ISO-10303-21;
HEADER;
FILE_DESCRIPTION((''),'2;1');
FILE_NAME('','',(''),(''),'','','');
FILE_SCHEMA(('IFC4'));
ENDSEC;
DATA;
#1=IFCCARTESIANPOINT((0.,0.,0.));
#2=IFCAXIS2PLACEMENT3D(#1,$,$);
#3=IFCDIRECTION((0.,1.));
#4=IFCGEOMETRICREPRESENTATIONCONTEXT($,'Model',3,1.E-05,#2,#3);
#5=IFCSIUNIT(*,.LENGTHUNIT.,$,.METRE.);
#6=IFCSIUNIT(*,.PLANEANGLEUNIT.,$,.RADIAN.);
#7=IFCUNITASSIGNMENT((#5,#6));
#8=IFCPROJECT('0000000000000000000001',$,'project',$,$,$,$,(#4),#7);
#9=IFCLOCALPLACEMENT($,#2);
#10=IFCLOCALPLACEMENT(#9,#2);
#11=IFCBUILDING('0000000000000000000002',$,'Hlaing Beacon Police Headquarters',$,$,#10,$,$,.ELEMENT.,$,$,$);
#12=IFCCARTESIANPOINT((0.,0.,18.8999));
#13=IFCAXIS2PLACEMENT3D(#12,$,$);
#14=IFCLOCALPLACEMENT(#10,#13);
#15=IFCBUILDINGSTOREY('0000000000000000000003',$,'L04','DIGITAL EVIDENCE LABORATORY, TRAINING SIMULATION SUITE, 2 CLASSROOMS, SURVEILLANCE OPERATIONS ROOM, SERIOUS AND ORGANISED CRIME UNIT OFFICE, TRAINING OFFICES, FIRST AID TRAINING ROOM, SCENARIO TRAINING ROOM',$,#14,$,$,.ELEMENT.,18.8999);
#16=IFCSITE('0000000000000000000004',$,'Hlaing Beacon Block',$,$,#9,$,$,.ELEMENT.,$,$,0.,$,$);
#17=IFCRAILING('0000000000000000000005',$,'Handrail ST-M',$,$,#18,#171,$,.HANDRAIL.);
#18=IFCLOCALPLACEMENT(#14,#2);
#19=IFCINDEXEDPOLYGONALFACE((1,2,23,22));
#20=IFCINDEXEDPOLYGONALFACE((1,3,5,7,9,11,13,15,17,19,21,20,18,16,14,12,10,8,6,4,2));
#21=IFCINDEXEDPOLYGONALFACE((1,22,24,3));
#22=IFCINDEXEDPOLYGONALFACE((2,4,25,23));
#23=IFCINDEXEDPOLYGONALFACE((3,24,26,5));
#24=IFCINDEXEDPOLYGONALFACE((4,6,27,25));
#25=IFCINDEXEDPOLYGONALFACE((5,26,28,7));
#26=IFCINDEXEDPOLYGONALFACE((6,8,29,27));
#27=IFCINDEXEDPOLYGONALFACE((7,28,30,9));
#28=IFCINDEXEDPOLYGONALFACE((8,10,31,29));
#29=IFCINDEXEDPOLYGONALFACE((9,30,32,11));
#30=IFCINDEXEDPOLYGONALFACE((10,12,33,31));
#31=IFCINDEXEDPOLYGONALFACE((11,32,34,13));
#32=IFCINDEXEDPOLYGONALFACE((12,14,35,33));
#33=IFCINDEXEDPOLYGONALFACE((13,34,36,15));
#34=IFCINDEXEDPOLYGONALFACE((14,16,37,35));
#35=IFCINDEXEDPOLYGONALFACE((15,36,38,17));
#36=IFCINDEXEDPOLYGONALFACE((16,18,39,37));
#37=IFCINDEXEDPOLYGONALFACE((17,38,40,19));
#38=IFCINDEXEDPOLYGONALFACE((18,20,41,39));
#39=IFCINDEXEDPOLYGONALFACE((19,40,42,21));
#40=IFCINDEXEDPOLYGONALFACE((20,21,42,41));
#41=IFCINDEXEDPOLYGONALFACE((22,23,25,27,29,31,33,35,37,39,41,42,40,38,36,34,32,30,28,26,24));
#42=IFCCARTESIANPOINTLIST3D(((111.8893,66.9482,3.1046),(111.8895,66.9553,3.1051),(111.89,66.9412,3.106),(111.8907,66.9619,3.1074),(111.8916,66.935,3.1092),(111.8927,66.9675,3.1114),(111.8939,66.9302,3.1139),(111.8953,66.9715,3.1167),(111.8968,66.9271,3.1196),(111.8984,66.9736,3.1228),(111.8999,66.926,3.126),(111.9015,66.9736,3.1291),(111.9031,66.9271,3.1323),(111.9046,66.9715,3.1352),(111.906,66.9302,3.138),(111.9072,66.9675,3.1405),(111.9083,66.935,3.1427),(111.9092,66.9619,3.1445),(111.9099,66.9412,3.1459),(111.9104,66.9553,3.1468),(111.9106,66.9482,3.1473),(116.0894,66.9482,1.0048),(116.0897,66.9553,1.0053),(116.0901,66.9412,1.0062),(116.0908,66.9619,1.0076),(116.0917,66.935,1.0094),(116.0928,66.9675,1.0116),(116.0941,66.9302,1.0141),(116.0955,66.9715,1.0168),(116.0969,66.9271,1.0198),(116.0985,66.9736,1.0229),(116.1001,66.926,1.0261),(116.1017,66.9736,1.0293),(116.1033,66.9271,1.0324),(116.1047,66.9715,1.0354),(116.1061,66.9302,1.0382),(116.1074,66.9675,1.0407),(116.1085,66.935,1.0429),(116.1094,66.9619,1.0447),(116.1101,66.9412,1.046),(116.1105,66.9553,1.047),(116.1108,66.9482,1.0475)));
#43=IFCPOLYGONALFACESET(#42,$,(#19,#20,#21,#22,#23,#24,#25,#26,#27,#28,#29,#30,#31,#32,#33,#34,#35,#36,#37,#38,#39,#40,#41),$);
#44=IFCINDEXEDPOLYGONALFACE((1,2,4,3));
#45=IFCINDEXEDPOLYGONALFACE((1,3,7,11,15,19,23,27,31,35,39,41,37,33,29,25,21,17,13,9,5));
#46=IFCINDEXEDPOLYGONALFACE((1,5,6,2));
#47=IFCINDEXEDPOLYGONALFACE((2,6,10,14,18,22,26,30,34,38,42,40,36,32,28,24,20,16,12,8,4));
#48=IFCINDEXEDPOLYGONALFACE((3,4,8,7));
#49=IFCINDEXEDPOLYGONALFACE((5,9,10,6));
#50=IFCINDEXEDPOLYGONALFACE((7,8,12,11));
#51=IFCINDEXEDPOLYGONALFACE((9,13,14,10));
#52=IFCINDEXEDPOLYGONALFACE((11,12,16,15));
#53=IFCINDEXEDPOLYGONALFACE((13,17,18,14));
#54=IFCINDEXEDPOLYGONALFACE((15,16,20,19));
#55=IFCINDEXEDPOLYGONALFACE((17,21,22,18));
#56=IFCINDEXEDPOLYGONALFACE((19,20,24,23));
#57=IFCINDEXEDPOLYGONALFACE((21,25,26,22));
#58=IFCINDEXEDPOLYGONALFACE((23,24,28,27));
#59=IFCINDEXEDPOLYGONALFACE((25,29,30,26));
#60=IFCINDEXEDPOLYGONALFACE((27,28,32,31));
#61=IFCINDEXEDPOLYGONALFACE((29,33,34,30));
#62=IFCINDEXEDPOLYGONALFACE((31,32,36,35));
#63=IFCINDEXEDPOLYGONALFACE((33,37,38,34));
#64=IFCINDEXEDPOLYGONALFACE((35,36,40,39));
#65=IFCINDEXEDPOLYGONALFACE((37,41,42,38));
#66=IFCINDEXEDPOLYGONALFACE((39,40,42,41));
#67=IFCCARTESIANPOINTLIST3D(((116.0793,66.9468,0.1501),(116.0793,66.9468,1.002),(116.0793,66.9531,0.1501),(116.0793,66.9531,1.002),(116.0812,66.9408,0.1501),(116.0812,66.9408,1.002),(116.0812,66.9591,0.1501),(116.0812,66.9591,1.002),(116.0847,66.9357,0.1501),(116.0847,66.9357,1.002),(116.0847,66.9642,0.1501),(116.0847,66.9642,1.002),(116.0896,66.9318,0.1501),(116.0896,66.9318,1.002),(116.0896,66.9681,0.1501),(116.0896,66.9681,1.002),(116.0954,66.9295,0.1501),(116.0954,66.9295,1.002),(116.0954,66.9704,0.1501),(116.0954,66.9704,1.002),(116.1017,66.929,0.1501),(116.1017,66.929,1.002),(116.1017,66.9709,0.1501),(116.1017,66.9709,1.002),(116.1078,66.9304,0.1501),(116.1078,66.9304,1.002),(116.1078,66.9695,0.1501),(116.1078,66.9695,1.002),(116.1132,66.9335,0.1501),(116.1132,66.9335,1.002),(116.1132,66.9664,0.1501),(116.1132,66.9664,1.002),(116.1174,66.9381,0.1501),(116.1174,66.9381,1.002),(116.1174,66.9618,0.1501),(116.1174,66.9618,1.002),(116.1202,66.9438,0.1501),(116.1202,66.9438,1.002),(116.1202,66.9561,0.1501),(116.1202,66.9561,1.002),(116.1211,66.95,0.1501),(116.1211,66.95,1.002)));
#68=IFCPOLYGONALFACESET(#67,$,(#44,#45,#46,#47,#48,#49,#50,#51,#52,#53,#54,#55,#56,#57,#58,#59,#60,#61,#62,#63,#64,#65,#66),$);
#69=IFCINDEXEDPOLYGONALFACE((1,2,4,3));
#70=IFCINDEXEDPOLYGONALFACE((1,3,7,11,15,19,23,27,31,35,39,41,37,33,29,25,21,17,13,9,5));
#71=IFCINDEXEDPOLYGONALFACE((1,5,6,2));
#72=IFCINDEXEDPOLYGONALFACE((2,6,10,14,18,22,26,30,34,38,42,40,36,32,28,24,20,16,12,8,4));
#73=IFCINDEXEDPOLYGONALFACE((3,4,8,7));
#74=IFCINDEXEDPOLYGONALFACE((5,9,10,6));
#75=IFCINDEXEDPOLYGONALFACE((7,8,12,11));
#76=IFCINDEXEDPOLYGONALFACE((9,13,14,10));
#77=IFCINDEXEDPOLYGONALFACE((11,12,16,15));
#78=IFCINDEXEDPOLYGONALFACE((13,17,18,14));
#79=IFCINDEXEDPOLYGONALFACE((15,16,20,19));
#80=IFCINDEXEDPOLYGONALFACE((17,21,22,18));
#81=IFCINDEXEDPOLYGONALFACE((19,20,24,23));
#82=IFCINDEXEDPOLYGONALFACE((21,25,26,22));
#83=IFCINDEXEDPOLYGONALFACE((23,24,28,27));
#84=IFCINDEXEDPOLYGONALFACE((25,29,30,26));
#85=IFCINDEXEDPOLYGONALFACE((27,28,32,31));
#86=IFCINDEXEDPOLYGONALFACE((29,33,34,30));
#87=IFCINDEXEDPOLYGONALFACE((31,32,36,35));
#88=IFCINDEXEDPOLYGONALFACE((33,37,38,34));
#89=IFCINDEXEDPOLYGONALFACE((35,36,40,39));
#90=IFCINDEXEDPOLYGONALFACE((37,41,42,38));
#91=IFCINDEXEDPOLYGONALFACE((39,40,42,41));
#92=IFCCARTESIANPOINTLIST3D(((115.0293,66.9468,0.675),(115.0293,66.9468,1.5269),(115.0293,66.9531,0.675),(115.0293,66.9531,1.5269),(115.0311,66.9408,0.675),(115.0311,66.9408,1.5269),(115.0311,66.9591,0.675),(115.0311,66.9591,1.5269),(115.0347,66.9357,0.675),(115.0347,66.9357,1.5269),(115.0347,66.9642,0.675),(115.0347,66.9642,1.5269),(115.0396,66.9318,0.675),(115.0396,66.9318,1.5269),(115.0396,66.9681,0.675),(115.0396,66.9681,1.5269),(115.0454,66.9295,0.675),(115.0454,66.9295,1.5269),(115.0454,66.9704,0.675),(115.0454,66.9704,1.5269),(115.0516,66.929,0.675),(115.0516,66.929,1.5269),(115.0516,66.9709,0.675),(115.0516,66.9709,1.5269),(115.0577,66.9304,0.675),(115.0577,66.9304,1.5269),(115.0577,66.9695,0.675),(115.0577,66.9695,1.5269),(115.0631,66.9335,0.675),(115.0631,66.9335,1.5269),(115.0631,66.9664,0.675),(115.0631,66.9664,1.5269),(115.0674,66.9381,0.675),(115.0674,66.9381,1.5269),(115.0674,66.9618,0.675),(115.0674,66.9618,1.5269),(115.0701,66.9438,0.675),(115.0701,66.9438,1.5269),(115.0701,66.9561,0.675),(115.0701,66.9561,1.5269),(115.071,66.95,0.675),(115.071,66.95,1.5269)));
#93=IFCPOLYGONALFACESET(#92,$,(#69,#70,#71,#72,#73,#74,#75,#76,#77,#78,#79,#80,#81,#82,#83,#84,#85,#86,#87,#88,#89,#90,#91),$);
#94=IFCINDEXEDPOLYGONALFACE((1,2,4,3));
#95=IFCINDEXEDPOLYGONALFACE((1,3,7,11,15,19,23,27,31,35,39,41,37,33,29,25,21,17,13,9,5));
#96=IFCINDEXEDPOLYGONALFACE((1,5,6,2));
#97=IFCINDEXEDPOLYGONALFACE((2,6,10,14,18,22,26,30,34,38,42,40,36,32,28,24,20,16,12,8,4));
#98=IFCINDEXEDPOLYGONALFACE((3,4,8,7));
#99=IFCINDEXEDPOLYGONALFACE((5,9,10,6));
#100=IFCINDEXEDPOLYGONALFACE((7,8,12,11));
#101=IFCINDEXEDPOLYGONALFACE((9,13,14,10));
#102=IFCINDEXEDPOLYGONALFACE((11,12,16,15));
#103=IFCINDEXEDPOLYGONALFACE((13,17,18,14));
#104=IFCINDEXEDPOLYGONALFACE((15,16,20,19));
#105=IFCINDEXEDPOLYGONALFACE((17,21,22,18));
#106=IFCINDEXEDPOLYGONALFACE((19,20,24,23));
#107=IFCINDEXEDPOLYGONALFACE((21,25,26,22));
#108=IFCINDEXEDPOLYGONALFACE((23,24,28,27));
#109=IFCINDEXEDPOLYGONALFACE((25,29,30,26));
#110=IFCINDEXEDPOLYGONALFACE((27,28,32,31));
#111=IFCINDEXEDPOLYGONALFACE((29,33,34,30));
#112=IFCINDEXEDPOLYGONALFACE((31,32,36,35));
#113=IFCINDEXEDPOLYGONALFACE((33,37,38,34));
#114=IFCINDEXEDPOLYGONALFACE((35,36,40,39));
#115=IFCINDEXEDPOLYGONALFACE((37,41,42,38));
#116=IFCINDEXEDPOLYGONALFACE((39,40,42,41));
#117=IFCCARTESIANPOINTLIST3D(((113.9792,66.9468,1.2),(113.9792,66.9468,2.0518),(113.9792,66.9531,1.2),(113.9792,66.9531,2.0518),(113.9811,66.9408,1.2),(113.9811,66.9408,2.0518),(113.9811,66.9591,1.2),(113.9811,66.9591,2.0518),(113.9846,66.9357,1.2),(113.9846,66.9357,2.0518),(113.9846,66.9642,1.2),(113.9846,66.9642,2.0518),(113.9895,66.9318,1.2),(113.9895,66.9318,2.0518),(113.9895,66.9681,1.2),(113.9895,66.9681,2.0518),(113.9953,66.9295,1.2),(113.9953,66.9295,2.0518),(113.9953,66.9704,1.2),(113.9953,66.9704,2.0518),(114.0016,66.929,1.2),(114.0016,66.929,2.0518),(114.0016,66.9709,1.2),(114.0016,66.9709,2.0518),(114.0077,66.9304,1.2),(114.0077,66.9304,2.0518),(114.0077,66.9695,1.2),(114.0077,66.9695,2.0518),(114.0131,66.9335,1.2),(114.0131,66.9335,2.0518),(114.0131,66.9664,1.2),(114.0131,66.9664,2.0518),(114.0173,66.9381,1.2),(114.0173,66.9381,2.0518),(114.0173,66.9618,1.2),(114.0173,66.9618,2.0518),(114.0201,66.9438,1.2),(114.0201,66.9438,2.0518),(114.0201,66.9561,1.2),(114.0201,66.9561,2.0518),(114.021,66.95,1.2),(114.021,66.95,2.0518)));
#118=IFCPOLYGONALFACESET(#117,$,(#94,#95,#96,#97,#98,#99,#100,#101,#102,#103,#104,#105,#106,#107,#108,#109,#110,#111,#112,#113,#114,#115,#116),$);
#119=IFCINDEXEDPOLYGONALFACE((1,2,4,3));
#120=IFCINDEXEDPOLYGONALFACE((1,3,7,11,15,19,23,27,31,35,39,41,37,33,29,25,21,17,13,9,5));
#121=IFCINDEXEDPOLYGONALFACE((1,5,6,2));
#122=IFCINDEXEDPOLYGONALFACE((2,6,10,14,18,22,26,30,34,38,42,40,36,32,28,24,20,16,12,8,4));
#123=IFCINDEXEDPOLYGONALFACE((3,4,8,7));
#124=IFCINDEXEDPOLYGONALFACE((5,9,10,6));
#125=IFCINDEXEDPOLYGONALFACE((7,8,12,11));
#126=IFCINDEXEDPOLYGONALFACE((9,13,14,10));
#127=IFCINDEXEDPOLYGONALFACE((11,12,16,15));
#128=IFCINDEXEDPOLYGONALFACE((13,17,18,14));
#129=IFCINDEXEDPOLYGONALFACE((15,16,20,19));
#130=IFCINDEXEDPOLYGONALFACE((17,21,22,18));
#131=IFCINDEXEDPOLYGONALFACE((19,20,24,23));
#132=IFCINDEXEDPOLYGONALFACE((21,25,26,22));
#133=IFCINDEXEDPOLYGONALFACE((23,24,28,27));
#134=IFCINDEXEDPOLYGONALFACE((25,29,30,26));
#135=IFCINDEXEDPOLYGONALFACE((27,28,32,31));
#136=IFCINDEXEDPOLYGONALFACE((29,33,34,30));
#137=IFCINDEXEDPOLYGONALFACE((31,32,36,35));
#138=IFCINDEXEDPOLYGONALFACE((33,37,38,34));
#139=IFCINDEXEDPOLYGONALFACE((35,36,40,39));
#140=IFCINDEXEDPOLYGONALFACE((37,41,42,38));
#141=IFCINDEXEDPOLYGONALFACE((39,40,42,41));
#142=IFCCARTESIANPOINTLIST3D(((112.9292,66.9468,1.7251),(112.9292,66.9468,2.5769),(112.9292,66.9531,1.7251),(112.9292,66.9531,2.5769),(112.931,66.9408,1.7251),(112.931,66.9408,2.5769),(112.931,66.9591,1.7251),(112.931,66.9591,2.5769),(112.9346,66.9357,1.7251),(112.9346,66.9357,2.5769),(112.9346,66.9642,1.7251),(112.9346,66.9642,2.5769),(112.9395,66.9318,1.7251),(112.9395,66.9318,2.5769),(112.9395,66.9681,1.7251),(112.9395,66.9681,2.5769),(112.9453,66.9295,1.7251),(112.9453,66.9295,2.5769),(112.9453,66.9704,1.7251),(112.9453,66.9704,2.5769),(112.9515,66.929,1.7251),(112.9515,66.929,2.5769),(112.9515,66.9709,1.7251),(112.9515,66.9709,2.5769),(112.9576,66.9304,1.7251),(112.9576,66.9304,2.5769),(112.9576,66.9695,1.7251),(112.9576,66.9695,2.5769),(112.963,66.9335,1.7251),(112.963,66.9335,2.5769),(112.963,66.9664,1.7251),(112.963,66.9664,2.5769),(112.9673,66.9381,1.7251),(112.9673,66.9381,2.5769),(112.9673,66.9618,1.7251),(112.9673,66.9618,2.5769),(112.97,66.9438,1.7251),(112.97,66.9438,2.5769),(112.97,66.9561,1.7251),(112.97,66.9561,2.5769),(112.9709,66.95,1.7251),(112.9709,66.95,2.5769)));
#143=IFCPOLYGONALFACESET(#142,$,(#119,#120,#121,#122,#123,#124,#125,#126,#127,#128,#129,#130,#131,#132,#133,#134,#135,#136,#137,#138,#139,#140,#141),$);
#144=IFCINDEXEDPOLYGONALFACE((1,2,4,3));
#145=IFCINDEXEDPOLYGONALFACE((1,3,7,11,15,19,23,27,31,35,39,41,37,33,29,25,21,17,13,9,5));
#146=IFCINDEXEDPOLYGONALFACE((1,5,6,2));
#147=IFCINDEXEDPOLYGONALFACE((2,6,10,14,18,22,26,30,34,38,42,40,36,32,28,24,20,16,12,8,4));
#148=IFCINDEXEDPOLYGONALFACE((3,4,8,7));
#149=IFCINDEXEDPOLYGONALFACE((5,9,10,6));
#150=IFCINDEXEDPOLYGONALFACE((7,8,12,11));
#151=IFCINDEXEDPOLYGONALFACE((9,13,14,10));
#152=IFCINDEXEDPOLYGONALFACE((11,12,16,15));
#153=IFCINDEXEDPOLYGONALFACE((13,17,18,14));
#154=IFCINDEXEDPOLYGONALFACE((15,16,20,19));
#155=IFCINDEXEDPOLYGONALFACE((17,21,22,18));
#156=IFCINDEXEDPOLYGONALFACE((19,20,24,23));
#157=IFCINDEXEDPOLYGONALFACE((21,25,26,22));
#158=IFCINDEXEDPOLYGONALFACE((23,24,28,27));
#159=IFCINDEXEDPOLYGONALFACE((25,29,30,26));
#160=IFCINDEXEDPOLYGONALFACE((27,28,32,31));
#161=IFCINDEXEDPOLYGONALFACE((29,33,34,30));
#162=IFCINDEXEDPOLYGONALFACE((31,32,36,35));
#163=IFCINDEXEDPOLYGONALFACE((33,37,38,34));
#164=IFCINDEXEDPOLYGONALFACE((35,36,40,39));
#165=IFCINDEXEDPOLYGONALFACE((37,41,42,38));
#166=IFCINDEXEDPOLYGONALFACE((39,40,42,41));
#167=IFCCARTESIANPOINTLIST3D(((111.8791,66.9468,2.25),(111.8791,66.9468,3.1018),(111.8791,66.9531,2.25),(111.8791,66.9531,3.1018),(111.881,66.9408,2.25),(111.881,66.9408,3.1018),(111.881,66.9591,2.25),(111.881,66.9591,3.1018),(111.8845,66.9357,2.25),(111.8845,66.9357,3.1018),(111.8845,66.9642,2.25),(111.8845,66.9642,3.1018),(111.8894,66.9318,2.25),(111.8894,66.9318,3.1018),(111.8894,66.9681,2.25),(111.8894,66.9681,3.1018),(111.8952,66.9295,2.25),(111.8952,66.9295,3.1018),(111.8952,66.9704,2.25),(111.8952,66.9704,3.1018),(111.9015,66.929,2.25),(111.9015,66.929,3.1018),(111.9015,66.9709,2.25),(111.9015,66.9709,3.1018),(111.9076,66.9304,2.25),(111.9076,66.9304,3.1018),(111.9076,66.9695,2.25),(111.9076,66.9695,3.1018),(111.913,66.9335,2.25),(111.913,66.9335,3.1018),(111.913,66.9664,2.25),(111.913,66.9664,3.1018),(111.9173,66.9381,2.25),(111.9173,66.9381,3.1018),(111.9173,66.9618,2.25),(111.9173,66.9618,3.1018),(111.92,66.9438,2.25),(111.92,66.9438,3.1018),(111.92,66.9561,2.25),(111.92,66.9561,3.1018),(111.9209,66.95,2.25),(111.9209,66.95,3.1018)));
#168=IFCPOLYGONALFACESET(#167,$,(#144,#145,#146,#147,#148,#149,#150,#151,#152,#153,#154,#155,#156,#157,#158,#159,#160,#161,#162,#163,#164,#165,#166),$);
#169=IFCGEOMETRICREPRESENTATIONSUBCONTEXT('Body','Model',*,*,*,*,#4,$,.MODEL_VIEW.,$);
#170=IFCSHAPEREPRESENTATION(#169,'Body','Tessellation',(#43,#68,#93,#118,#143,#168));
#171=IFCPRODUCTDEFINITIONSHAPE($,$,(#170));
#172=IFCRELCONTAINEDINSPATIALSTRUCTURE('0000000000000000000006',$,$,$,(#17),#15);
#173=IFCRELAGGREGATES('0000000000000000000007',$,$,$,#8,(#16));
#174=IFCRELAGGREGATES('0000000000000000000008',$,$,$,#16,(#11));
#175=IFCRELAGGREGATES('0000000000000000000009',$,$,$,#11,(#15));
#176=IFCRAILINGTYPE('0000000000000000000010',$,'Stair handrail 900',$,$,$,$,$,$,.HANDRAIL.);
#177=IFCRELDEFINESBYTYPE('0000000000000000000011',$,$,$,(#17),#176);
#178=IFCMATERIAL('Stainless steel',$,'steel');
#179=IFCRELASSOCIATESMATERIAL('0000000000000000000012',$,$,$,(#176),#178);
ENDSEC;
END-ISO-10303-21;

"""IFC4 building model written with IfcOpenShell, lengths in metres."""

from ifc_helpers import new_model, si_unit, direction, frame, origin, origin_2d, place, context, subcontext, project, spatial, circle, extrude, material, type_object, element, save


model = new_model("IFC4")

# Units and contexts
model_context = context("Model", 3, precision=1e-05, world=origin(), true_north=direction((0.0, 1.0)))
body_context = subcontext(model_context, "Body", "Model", "MODEL_VIEW")
ifc_project = project(units=[si_unit("LENGTHUNIT", "METRE"), si_unit("PLANEANGLEUNIT", "RADIAN")], contexts=[model_context])

# Site, building, storey
site_placement = place(None, origin())
site = spatial("IfcSite", under=ifc_project, at=site_placement, Name="Hlaing Beacon Block", CompositionType="ELEMENT", RefElevation=0.0)
building_placement = place(site_placement, origin())
building = spatial("IfcBuilding", under=site, at=building_placement, Name="Hlaing Beacon Police Headquarters", CompositionType="ELEMENT")
storey_placement = place(building_placement, frame((0.0, 0.0, 18.8999)))
storey = spatial("IfcBuildingStorey", under=building, at=storey_placement, Name="L04", Description="DIGITAL EVIDENCE LABORATORY, TRAINING SIMULATION SUITE, 2 CLASSROOMS, SURVEILLANCE OPERATIONS ROOM, SERIOUS AND ORGANISED CRIME UNIT OFFICE, TRAINING OFFICES, FIRST AID TRAINING ROOM, SCENARIO TRAINING ROOM", CompositionType="ELEMENT", Elevation=18.8999)

# Railing
ifc_material_1 = material(Name="Stainless steel", Category="steel")
railing_type = type_object("IfcRailingType", Name="Stair handrail 900", PredefinedType="HANDRAIL", material=ifc_material_1)
for number, where, name in (
    (1, (116.1001, 66.95, 0.1501), "Handrail ST-M"),
):
    element("IfcRailing", number, at=place(storey_placement, frame(where)), inside=storey, type_object=railing_type, Name=name, PredefinedType="HANDRAIL", context=body_context, shape_type="SweptSolid", body=[
        extrude(circle(Radius=0.0239, at=origin_2d()), frame((0.0, 0.0, 0.876), z_axis=(-0.894448, 0.0, 0.447172), x_axis=(0.0, -1.0, 0.0)), (0.0, 0.0, 1.0), 4.6958),
        extrude(circle(Radius=0.021, at=origin_2d()), origin(), (0.0, 0.0, 1.0), 0.8518),
        extrude(circle(Radius=0.021, at=origin_2d()), frame((-1.05, 0.0, 0.5249)), (0.0, 0.0, 1.0), 0.8518),
        extrude(circle(Radius=0.021, at=origin_2d()), frame((-2.1001, 0.0, 1.0498)), (0.0, 0.0, 1.0), 0.8518),
        extrude(circle(Radius=0.021, at=origin_2d()), frame((-3.1501, 0.0, 1.575)), (0.0, 0.0, 1.0), 0.8518),
        extrude(circle(Radius=0.021, at=origin_2d()), frame((-4.2002, 0.0, 2.0999)), (0.0, 0.0, 1.0), 0.8518),
    ])

save(model, "model.ifc")
